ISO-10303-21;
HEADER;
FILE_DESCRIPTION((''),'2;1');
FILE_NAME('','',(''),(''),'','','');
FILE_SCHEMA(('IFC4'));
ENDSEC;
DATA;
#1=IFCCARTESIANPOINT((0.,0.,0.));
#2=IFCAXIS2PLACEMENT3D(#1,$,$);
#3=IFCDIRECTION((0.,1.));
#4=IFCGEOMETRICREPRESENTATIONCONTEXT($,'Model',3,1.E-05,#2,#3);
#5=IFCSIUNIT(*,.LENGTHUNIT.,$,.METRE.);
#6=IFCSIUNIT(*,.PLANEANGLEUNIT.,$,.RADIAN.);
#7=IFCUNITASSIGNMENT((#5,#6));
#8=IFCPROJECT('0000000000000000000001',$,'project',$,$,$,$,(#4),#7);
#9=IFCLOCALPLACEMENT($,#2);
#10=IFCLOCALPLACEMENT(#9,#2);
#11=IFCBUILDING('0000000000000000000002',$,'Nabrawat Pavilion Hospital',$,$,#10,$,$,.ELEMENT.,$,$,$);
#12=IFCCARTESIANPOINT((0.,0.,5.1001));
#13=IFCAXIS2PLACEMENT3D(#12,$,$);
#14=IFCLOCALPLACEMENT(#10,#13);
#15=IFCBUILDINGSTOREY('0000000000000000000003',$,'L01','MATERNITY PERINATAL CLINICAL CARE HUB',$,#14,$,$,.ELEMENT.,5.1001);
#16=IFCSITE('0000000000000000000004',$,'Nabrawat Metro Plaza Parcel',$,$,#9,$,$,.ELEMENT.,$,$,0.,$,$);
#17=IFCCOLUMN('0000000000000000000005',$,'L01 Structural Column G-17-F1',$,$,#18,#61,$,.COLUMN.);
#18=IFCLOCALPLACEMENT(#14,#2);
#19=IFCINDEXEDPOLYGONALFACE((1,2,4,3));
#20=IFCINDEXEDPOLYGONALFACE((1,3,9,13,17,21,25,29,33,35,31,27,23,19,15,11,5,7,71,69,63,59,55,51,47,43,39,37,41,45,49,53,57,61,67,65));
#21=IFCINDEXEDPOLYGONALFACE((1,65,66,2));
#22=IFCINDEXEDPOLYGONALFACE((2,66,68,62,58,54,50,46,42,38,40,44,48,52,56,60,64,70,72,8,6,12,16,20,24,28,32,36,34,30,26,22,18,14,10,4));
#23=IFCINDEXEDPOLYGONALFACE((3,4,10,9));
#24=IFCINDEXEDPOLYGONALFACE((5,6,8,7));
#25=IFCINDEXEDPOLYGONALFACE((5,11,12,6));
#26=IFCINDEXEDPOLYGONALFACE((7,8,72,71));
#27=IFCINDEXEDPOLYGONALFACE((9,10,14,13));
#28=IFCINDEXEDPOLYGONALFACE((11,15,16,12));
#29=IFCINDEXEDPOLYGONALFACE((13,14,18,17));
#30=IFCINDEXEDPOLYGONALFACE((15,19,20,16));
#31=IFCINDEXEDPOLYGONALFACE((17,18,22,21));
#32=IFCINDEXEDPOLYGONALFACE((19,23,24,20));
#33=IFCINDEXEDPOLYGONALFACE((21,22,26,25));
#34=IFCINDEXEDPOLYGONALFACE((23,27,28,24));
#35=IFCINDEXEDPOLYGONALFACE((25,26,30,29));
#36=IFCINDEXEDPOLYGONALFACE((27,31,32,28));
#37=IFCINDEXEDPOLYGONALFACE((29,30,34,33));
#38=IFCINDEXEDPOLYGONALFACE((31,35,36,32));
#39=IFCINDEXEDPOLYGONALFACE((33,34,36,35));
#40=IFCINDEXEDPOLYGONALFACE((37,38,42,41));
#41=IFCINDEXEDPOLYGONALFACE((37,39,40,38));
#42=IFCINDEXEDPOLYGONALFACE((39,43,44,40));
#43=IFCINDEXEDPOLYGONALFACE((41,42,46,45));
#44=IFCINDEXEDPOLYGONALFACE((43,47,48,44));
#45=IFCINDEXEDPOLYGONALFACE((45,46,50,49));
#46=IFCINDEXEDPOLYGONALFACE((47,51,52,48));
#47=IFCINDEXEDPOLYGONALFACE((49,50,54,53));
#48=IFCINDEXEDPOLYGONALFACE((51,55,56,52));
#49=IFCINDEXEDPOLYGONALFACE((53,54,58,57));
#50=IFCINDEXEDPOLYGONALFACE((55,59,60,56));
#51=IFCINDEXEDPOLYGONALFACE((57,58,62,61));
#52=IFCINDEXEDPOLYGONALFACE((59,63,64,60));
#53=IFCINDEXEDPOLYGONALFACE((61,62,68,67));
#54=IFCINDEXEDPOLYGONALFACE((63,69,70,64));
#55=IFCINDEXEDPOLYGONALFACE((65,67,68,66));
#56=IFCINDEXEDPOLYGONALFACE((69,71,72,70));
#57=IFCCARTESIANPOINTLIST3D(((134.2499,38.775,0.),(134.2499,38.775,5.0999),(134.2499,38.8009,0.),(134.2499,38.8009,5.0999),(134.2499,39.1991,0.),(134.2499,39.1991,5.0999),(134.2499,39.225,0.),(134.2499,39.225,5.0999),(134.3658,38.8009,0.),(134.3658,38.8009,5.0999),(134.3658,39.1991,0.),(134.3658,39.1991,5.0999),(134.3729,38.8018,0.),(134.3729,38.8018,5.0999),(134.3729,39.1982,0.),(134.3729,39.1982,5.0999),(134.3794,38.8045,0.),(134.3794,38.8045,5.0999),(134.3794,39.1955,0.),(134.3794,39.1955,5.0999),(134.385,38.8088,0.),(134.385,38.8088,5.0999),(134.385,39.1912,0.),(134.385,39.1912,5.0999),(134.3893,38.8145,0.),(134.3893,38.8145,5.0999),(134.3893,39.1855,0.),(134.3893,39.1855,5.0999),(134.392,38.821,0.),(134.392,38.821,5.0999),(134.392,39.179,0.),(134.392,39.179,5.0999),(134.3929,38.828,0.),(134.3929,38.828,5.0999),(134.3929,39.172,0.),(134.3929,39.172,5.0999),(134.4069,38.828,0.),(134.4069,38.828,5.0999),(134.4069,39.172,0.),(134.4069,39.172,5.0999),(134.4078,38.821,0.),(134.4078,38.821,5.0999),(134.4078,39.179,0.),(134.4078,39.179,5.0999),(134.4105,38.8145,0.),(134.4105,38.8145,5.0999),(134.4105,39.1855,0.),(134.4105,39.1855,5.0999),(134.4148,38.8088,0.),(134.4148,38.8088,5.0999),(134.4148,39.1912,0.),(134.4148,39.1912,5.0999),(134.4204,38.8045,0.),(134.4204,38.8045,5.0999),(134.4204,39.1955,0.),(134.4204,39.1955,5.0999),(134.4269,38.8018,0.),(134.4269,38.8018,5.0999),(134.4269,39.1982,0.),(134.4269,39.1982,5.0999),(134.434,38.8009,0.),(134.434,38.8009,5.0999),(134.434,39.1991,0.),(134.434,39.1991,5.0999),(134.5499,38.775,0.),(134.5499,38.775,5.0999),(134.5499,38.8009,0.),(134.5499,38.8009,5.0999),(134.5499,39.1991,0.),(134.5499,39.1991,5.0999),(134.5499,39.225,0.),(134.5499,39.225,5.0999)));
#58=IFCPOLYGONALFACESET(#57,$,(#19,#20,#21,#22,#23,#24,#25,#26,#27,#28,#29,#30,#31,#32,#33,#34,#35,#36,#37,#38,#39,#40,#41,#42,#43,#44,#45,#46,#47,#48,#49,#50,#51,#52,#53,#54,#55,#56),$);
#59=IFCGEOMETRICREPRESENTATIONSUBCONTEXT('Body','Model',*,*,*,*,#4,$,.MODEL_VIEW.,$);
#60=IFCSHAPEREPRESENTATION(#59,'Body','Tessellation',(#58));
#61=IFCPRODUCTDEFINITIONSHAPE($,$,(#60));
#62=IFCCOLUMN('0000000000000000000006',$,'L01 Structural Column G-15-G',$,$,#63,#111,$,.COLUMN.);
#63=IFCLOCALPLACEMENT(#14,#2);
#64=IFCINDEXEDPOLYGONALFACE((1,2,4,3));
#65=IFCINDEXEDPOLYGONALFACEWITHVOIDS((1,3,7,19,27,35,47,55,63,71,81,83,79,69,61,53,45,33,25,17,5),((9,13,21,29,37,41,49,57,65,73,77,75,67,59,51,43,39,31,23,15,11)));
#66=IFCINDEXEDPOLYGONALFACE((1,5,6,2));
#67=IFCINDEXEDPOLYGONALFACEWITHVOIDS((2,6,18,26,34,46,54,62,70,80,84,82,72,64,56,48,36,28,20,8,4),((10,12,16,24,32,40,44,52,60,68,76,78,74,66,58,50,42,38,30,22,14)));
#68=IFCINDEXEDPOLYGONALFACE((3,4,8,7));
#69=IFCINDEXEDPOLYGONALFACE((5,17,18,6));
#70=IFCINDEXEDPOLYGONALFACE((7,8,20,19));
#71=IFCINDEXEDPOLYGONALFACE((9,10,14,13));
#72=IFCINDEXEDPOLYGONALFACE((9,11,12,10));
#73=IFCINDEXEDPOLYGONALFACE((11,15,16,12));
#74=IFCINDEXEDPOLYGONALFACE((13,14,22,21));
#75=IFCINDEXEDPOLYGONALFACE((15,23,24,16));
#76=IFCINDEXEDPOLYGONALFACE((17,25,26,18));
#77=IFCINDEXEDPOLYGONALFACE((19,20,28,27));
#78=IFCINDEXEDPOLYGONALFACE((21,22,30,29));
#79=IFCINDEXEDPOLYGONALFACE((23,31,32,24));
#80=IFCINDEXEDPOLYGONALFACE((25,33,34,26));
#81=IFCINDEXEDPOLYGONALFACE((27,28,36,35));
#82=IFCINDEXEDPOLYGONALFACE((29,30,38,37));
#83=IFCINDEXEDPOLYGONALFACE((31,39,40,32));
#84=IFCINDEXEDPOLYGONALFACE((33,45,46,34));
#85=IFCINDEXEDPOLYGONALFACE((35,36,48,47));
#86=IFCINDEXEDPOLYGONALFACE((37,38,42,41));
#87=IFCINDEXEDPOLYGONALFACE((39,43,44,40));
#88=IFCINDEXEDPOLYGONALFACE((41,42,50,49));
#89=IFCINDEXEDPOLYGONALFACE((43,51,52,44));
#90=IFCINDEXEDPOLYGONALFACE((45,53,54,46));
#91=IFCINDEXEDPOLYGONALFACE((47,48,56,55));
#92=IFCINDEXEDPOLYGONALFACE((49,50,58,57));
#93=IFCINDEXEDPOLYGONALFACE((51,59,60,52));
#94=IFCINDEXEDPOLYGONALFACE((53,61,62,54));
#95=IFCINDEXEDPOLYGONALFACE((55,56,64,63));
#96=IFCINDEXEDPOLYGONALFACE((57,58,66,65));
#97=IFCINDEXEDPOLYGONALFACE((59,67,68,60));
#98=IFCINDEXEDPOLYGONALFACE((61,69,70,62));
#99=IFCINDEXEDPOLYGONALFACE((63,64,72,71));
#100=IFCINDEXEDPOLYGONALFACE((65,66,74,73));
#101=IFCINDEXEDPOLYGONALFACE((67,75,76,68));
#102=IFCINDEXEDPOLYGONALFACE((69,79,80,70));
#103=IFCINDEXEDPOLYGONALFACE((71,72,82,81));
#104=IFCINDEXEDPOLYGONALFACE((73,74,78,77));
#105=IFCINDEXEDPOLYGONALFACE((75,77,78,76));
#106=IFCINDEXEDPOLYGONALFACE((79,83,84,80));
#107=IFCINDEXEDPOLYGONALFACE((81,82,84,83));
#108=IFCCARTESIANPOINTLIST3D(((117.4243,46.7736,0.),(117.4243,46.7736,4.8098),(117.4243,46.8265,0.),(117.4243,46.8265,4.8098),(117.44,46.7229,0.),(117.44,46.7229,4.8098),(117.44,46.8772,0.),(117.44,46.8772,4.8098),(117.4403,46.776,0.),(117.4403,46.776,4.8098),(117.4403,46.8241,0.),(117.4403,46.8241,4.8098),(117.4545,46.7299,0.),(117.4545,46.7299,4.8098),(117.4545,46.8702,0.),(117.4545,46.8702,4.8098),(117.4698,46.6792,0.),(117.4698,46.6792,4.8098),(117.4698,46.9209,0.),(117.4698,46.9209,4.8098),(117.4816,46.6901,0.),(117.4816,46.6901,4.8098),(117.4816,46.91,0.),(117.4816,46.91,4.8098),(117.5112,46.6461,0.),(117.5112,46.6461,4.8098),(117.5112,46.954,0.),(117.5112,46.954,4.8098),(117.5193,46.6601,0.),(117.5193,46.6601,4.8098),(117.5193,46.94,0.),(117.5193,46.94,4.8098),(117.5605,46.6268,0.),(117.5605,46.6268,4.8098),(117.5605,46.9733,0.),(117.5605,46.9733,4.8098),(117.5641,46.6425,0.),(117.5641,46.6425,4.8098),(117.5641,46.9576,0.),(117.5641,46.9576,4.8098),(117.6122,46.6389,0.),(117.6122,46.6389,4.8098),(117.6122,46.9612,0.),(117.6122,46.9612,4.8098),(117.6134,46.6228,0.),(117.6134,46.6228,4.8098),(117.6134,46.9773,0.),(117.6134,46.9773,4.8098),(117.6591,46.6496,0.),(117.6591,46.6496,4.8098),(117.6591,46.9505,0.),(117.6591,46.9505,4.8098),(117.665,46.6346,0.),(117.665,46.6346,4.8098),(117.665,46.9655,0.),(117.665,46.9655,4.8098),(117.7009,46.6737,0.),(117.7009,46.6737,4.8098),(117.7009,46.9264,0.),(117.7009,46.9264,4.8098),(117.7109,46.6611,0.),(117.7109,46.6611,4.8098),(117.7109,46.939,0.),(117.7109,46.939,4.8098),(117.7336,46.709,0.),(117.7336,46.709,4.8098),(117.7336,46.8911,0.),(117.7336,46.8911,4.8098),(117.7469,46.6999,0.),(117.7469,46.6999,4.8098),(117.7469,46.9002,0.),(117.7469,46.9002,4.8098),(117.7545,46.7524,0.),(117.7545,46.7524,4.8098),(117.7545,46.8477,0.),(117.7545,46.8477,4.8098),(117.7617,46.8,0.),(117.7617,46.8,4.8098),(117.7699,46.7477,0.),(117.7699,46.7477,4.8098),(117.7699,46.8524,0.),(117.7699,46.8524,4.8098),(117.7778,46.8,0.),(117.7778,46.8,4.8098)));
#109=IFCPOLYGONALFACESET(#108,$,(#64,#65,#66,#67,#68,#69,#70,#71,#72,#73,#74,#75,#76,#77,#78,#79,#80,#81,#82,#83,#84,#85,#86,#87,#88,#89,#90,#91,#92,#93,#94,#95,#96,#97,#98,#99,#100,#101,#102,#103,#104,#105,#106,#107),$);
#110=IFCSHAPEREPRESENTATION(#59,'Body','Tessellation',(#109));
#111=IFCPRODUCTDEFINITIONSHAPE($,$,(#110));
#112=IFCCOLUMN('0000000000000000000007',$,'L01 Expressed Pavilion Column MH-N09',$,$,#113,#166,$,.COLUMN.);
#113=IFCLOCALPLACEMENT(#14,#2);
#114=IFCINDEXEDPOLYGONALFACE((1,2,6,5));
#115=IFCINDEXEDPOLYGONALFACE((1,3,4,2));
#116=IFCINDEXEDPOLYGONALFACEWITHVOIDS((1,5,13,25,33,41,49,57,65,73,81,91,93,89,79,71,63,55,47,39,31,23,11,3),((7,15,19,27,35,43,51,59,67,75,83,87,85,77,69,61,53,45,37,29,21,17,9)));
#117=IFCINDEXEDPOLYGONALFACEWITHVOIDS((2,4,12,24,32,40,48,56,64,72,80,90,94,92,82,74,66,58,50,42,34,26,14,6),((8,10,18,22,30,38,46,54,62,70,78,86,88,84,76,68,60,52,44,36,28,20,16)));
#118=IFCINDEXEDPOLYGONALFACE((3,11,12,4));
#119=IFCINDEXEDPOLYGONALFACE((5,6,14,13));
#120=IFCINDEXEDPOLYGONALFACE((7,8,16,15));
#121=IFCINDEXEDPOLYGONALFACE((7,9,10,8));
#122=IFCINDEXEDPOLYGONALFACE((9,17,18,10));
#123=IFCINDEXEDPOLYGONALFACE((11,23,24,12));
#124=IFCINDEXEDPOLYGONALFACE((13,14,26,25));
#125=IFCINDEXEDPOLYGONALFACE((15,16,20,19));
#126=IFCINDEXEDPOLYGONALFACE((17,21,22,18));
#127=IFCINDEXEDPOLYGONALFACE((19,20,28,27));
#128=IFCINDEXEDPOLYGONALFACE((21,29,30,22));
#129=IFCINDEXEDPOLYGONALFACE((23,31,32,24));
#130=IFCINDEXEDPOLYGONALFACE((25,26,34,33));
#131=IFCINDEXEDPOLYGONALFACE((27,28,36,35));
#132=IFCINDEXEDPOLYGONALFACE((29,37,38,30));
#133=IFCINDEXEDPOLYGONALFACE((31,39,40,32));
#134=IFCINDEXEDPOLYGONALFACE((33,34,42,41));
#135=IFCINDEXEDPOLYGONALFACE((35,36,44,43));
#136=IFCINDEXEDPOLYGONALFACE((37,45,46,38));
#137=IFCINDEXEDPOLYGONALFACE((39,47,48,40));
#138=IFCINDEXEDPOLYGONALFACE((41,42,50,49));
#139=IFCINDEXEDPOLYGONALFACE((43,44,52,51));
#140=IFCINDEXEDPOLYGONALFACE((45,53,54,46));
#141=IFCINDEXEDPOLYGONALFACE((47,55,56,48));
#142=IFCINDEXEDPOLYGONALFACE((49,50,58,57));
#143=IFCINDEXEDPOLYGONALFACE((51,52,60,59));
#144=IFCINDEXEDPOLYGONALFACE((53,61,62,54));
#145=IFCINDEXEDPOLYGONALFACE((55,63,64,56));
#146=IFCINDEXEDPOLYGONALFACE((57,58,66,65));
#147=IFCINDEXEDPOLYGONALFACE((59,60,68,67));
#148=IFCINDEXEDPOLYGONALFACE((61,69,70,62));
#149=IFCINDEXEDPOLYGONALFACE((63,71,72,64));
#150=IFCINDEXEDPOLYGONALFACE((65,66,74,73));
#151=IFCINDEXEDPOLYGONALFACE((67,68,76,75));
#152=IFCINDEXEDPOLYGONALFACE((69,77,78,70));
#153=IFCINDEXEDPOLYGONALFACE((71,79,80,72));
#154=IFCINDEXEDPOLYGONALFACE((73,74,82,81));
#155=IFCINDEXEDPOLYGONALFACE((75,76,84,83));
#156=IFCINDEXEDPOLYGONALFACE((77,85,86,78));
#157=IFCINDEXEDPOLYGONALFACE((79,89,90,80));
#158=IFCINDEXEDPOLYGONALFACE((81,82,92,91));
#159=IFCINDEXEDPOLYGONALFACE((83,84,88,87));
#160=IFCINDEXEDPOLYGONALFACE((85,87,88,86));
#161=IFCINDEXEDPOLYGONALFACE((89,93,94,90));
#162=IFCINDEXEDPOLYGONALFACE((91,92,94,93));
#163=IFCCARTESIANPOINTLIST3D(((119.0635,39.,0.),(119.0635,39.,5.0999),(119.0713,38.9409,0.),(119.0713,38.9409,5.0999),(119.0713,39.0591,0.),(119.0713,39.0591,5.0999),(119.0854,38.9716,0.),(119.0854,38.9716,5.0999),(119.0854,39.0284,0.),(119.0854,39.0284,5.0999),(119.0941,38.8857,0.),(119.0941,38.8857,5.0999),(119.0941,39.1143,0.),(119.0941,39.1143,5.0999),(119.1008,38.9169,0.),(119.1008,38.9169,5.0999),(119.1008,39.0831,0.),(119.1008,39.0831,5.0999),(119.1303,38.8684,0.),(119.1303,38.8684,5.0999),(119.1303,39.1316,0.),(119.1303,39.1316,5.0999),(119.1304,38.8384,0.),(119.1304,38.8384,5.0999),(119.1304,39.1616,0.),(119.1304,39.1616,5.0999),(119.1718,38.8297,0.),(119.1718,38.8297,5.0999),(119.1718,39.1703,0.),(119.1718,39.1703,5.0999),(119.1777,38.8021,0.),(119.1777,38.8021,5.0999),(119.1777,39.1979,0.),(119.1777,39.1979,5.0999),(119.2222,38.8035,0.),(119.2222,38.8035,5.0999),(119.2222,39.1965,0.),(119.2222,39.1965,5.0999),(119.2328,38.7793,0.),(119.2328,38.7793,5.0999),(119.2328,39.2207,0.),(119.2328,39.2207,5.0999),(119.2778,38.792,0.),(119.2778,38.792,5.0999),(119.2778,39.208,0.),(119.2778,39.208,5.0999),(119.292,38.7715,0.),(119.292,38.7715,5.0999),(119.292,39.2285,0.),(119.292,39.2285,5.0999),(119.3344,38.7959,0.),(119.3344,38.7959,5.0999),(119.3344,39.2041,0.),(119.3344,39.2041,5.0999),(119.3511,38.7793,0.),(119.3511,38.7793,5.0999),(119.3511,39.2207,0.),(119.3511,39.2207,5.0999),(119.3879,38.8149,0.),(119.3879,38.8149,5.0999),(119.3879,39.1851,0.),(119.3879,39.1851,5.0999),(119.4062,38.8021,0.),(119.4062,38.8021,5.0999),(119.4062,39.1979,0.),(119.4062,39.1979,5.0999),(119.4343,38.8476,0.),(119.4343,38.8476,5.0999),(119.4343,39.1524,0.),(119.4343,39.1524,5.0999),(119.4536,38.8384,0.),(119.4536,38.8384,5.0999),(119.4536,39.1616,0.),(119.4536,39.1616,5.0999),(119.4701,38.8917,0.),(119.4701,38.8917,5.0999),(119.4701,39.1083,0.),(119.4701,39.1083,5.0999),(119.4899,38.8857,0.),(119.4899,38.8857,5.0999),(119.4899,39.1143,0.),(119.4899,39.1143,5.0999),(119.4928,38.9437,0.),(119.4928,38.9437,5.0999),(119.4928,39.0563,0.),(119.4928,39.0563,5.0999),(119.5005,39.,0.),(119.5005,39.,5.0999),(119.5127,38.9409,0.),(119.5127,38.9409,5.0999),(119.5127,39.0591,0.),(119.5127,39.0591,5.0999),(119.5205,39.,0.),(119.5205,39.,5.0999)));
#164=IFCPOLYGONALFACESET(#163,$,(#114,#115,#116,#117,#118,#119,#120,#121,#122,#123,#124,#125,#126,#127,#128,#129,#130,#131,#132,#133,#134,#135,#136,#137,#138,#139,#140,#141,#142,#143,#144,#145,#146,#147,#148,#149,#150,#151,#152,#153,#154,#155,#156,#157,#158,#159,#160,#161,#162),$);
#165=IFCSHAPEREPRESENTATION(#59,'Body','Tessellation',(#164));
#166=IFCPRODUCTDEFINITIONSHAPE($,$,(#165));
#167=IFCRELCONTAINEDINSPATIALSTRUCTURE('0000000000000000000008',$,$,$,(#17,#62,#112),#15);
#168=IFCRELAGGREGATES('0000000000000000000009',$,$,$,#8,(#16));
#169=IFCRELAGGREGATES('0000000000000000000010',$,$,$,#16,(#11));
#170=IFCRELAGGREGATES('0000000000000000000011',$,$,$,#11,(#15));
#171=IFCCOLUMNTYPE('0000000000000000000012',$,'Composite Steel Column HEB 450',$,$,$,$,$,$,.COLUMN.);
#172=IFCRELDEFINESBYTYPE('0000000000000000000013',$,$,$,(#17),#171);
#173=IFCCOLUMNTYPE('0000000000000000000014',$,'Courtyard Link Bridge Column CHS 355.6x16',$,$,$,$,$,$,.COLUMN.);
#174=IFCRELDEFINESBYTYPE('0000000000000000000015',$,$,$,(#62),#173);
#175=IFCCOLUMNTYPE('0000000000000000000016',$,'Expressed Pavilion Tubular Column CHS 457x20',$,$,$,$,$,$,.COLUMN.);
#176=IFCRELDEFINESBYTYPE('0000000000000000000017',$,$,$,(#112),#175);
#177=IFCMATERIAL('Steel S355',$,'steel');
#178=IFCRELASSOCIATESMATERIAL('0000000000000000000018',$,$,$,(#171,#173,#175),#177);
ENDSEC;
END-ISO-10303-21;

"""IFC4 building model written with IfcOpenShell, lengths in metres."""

from ifc_helpers import new_model, si_unit, direction, frame, origin, origin_2d, place, context, subcontext, project, spatial, hollow_circle, i_section, extrude, material, material_profile, profile_set, type_object, element, save


model = new_model("IFC4")

# Units and contexts
model_context = context("Model", 3, precision=1e-05, world=origin(), true_north=direction((0.0, 1.0)))
body_context = subcontext(model_context, "Body", "Model", "MODEL_VIEW")
ifc_project = project(units=[si_unit("LENGTHUNIT", "METRE"), si_unit("PLANEANGLEUNIT", "RADIAN")], contexts=[model_context])

# Site, building, storey
site_placement = place(None, origin())
site = spatial("IfcSite", under=ifc_project, at=site_placement, Name="Nabrawat Metro Plaza Parcel", CompositionType="ELEMENT", RefElevation=0.0)
building_placement = place(site_placement, origin())
building = spatial("IfcBuilding", under=site, at=building_placement, Name="Nabrawat Pavilion Hospital", CompositionType="ELEMENT")
storey_placement = place(building_placement, frame((0.0, 0.0, 5.1001)))
storey = spatial("IfcBuildingStorey", under=building, at=storey_placement, Name="L01", Description="MATERNITY PERINATAL CLINICAL CARE HUB", CompositionType="ELEMENT", Elevation=5.1001)

# Columns
ifc_material_1 = material(Name="Steel S355", Category="steel")
ifc_material_profile_1 = material_profile(ifc_material_1, i_section(OverallWidth=0.3, OverallDepth=0.45, WebThickness=0.0139, FlangeThickness=0.0259, FilletRadius=0.0271, at=origin_2d()), Name="HEB 450")
ifc_profile_set_1 = profile_set([ifc_material_profile_1], Name="Steel S355")
column_type_1 = type_object("IfcColumnType", Name="Composite Steel Column HEB 450", PredefinedType="COLUMN", material=ifc_profile_set_1)
column_1_placement = place(storey_placement, frame((134.3999, 39.0, 0.0), z_axis=(0.0, 0.0, 1.0), x_axis=(1.0, 0.0, 0.0)))
element("IfcColumn", 1, at=column_1_placement, inside=storey, type_object=column_type_1, Name="L01 Structural Column G-17-F1", PredefinedType="COLUMN", context=body_context, shape_type="SweptSolid", body=[
    extrude(i_section(OverallWidth=0.3, OverallDepth=0.45, WebThickness=0.0139, FlangeThickness=0.0259, FilletRadius=0.0271, at=origin_2d()), origin(), (0.0, 0.0, 1.0), 5.0999),
])
ifc_material_profile_2 = material_profile(ifc_material_1, hollow_circle(Radius=0.1777, WallThickness=0.0161, at=origin_2d()), Name="CHS 355.6x16")
ifc_profile_set_2 = profile_set([ifc_material_profile_2], Name="Steel S355")
column_type_2 = type_object("IfcColumnType", Name="Courtyard Link Bridge Column CHS 355.6x16", PredefinedType="COLUMN", material=ifc_profile_set_2)
column_2_placement = place(storey_placement, frame((117.6001, 46.8, 0.0), z_axis=(0.0, 0.0, 1.0), x_axis=(1.0, 0.0, 0.0)))
element("IfcColumn", 2, at=column_2_placement, inside=storey, type_object=column_type_2, Name="L01 Structural Column G-15-G", PredefinedType="COLUMN", context=body_context, shape_type="SweptSolid", body=[
    extrude(hollow_circle(Radius=0.1777, WallThickness=0.0161, at=origin_2d()), origin(), (0.0, 0.0, 1.0), 4.8098),
])
ifc_material_profile_3 = material_profile(ifc_material_1, hollow_circle(Radius=0.2285, WallThickness=0.02, at=origin_2d()), Name="CHS 457x20")
ifc_profile_set_3 = profile_set([ifc_material_profile_3], Name="Steel S355")
column_type_3 = type_object("IfcColumnType", Name="Expressed Pavilion Tubular Column CHS 457x20", PredefinedType="COLUMN", material=ifc_profile_set_3)
for number, where, z_axis, x_axis, name in (
    (3, (119.292, 39.0, 0.0), (0.0, 0.0, 1.0), (1.0, 0.0, 0.0), "L01 Expressed Pavilion Column MH-N09"),
):
    element("IfcColumn", number, at=place(storey_placement, frame(where, z_axis=z_axis, x_axis=x_axis)), inside=storey, type_object=column_type_3, Name=name, PredefinedType="COLUMN", context=body_context, shape_type="SweptSolid", body=[
        extrude(hollow_circle(Radius=0.2285, WallThickness=0.02, at=origin_2d()), origin(), (0.0, 0.0, 1.0), 5.0999),
    ])

save(model, "model.ifc")
